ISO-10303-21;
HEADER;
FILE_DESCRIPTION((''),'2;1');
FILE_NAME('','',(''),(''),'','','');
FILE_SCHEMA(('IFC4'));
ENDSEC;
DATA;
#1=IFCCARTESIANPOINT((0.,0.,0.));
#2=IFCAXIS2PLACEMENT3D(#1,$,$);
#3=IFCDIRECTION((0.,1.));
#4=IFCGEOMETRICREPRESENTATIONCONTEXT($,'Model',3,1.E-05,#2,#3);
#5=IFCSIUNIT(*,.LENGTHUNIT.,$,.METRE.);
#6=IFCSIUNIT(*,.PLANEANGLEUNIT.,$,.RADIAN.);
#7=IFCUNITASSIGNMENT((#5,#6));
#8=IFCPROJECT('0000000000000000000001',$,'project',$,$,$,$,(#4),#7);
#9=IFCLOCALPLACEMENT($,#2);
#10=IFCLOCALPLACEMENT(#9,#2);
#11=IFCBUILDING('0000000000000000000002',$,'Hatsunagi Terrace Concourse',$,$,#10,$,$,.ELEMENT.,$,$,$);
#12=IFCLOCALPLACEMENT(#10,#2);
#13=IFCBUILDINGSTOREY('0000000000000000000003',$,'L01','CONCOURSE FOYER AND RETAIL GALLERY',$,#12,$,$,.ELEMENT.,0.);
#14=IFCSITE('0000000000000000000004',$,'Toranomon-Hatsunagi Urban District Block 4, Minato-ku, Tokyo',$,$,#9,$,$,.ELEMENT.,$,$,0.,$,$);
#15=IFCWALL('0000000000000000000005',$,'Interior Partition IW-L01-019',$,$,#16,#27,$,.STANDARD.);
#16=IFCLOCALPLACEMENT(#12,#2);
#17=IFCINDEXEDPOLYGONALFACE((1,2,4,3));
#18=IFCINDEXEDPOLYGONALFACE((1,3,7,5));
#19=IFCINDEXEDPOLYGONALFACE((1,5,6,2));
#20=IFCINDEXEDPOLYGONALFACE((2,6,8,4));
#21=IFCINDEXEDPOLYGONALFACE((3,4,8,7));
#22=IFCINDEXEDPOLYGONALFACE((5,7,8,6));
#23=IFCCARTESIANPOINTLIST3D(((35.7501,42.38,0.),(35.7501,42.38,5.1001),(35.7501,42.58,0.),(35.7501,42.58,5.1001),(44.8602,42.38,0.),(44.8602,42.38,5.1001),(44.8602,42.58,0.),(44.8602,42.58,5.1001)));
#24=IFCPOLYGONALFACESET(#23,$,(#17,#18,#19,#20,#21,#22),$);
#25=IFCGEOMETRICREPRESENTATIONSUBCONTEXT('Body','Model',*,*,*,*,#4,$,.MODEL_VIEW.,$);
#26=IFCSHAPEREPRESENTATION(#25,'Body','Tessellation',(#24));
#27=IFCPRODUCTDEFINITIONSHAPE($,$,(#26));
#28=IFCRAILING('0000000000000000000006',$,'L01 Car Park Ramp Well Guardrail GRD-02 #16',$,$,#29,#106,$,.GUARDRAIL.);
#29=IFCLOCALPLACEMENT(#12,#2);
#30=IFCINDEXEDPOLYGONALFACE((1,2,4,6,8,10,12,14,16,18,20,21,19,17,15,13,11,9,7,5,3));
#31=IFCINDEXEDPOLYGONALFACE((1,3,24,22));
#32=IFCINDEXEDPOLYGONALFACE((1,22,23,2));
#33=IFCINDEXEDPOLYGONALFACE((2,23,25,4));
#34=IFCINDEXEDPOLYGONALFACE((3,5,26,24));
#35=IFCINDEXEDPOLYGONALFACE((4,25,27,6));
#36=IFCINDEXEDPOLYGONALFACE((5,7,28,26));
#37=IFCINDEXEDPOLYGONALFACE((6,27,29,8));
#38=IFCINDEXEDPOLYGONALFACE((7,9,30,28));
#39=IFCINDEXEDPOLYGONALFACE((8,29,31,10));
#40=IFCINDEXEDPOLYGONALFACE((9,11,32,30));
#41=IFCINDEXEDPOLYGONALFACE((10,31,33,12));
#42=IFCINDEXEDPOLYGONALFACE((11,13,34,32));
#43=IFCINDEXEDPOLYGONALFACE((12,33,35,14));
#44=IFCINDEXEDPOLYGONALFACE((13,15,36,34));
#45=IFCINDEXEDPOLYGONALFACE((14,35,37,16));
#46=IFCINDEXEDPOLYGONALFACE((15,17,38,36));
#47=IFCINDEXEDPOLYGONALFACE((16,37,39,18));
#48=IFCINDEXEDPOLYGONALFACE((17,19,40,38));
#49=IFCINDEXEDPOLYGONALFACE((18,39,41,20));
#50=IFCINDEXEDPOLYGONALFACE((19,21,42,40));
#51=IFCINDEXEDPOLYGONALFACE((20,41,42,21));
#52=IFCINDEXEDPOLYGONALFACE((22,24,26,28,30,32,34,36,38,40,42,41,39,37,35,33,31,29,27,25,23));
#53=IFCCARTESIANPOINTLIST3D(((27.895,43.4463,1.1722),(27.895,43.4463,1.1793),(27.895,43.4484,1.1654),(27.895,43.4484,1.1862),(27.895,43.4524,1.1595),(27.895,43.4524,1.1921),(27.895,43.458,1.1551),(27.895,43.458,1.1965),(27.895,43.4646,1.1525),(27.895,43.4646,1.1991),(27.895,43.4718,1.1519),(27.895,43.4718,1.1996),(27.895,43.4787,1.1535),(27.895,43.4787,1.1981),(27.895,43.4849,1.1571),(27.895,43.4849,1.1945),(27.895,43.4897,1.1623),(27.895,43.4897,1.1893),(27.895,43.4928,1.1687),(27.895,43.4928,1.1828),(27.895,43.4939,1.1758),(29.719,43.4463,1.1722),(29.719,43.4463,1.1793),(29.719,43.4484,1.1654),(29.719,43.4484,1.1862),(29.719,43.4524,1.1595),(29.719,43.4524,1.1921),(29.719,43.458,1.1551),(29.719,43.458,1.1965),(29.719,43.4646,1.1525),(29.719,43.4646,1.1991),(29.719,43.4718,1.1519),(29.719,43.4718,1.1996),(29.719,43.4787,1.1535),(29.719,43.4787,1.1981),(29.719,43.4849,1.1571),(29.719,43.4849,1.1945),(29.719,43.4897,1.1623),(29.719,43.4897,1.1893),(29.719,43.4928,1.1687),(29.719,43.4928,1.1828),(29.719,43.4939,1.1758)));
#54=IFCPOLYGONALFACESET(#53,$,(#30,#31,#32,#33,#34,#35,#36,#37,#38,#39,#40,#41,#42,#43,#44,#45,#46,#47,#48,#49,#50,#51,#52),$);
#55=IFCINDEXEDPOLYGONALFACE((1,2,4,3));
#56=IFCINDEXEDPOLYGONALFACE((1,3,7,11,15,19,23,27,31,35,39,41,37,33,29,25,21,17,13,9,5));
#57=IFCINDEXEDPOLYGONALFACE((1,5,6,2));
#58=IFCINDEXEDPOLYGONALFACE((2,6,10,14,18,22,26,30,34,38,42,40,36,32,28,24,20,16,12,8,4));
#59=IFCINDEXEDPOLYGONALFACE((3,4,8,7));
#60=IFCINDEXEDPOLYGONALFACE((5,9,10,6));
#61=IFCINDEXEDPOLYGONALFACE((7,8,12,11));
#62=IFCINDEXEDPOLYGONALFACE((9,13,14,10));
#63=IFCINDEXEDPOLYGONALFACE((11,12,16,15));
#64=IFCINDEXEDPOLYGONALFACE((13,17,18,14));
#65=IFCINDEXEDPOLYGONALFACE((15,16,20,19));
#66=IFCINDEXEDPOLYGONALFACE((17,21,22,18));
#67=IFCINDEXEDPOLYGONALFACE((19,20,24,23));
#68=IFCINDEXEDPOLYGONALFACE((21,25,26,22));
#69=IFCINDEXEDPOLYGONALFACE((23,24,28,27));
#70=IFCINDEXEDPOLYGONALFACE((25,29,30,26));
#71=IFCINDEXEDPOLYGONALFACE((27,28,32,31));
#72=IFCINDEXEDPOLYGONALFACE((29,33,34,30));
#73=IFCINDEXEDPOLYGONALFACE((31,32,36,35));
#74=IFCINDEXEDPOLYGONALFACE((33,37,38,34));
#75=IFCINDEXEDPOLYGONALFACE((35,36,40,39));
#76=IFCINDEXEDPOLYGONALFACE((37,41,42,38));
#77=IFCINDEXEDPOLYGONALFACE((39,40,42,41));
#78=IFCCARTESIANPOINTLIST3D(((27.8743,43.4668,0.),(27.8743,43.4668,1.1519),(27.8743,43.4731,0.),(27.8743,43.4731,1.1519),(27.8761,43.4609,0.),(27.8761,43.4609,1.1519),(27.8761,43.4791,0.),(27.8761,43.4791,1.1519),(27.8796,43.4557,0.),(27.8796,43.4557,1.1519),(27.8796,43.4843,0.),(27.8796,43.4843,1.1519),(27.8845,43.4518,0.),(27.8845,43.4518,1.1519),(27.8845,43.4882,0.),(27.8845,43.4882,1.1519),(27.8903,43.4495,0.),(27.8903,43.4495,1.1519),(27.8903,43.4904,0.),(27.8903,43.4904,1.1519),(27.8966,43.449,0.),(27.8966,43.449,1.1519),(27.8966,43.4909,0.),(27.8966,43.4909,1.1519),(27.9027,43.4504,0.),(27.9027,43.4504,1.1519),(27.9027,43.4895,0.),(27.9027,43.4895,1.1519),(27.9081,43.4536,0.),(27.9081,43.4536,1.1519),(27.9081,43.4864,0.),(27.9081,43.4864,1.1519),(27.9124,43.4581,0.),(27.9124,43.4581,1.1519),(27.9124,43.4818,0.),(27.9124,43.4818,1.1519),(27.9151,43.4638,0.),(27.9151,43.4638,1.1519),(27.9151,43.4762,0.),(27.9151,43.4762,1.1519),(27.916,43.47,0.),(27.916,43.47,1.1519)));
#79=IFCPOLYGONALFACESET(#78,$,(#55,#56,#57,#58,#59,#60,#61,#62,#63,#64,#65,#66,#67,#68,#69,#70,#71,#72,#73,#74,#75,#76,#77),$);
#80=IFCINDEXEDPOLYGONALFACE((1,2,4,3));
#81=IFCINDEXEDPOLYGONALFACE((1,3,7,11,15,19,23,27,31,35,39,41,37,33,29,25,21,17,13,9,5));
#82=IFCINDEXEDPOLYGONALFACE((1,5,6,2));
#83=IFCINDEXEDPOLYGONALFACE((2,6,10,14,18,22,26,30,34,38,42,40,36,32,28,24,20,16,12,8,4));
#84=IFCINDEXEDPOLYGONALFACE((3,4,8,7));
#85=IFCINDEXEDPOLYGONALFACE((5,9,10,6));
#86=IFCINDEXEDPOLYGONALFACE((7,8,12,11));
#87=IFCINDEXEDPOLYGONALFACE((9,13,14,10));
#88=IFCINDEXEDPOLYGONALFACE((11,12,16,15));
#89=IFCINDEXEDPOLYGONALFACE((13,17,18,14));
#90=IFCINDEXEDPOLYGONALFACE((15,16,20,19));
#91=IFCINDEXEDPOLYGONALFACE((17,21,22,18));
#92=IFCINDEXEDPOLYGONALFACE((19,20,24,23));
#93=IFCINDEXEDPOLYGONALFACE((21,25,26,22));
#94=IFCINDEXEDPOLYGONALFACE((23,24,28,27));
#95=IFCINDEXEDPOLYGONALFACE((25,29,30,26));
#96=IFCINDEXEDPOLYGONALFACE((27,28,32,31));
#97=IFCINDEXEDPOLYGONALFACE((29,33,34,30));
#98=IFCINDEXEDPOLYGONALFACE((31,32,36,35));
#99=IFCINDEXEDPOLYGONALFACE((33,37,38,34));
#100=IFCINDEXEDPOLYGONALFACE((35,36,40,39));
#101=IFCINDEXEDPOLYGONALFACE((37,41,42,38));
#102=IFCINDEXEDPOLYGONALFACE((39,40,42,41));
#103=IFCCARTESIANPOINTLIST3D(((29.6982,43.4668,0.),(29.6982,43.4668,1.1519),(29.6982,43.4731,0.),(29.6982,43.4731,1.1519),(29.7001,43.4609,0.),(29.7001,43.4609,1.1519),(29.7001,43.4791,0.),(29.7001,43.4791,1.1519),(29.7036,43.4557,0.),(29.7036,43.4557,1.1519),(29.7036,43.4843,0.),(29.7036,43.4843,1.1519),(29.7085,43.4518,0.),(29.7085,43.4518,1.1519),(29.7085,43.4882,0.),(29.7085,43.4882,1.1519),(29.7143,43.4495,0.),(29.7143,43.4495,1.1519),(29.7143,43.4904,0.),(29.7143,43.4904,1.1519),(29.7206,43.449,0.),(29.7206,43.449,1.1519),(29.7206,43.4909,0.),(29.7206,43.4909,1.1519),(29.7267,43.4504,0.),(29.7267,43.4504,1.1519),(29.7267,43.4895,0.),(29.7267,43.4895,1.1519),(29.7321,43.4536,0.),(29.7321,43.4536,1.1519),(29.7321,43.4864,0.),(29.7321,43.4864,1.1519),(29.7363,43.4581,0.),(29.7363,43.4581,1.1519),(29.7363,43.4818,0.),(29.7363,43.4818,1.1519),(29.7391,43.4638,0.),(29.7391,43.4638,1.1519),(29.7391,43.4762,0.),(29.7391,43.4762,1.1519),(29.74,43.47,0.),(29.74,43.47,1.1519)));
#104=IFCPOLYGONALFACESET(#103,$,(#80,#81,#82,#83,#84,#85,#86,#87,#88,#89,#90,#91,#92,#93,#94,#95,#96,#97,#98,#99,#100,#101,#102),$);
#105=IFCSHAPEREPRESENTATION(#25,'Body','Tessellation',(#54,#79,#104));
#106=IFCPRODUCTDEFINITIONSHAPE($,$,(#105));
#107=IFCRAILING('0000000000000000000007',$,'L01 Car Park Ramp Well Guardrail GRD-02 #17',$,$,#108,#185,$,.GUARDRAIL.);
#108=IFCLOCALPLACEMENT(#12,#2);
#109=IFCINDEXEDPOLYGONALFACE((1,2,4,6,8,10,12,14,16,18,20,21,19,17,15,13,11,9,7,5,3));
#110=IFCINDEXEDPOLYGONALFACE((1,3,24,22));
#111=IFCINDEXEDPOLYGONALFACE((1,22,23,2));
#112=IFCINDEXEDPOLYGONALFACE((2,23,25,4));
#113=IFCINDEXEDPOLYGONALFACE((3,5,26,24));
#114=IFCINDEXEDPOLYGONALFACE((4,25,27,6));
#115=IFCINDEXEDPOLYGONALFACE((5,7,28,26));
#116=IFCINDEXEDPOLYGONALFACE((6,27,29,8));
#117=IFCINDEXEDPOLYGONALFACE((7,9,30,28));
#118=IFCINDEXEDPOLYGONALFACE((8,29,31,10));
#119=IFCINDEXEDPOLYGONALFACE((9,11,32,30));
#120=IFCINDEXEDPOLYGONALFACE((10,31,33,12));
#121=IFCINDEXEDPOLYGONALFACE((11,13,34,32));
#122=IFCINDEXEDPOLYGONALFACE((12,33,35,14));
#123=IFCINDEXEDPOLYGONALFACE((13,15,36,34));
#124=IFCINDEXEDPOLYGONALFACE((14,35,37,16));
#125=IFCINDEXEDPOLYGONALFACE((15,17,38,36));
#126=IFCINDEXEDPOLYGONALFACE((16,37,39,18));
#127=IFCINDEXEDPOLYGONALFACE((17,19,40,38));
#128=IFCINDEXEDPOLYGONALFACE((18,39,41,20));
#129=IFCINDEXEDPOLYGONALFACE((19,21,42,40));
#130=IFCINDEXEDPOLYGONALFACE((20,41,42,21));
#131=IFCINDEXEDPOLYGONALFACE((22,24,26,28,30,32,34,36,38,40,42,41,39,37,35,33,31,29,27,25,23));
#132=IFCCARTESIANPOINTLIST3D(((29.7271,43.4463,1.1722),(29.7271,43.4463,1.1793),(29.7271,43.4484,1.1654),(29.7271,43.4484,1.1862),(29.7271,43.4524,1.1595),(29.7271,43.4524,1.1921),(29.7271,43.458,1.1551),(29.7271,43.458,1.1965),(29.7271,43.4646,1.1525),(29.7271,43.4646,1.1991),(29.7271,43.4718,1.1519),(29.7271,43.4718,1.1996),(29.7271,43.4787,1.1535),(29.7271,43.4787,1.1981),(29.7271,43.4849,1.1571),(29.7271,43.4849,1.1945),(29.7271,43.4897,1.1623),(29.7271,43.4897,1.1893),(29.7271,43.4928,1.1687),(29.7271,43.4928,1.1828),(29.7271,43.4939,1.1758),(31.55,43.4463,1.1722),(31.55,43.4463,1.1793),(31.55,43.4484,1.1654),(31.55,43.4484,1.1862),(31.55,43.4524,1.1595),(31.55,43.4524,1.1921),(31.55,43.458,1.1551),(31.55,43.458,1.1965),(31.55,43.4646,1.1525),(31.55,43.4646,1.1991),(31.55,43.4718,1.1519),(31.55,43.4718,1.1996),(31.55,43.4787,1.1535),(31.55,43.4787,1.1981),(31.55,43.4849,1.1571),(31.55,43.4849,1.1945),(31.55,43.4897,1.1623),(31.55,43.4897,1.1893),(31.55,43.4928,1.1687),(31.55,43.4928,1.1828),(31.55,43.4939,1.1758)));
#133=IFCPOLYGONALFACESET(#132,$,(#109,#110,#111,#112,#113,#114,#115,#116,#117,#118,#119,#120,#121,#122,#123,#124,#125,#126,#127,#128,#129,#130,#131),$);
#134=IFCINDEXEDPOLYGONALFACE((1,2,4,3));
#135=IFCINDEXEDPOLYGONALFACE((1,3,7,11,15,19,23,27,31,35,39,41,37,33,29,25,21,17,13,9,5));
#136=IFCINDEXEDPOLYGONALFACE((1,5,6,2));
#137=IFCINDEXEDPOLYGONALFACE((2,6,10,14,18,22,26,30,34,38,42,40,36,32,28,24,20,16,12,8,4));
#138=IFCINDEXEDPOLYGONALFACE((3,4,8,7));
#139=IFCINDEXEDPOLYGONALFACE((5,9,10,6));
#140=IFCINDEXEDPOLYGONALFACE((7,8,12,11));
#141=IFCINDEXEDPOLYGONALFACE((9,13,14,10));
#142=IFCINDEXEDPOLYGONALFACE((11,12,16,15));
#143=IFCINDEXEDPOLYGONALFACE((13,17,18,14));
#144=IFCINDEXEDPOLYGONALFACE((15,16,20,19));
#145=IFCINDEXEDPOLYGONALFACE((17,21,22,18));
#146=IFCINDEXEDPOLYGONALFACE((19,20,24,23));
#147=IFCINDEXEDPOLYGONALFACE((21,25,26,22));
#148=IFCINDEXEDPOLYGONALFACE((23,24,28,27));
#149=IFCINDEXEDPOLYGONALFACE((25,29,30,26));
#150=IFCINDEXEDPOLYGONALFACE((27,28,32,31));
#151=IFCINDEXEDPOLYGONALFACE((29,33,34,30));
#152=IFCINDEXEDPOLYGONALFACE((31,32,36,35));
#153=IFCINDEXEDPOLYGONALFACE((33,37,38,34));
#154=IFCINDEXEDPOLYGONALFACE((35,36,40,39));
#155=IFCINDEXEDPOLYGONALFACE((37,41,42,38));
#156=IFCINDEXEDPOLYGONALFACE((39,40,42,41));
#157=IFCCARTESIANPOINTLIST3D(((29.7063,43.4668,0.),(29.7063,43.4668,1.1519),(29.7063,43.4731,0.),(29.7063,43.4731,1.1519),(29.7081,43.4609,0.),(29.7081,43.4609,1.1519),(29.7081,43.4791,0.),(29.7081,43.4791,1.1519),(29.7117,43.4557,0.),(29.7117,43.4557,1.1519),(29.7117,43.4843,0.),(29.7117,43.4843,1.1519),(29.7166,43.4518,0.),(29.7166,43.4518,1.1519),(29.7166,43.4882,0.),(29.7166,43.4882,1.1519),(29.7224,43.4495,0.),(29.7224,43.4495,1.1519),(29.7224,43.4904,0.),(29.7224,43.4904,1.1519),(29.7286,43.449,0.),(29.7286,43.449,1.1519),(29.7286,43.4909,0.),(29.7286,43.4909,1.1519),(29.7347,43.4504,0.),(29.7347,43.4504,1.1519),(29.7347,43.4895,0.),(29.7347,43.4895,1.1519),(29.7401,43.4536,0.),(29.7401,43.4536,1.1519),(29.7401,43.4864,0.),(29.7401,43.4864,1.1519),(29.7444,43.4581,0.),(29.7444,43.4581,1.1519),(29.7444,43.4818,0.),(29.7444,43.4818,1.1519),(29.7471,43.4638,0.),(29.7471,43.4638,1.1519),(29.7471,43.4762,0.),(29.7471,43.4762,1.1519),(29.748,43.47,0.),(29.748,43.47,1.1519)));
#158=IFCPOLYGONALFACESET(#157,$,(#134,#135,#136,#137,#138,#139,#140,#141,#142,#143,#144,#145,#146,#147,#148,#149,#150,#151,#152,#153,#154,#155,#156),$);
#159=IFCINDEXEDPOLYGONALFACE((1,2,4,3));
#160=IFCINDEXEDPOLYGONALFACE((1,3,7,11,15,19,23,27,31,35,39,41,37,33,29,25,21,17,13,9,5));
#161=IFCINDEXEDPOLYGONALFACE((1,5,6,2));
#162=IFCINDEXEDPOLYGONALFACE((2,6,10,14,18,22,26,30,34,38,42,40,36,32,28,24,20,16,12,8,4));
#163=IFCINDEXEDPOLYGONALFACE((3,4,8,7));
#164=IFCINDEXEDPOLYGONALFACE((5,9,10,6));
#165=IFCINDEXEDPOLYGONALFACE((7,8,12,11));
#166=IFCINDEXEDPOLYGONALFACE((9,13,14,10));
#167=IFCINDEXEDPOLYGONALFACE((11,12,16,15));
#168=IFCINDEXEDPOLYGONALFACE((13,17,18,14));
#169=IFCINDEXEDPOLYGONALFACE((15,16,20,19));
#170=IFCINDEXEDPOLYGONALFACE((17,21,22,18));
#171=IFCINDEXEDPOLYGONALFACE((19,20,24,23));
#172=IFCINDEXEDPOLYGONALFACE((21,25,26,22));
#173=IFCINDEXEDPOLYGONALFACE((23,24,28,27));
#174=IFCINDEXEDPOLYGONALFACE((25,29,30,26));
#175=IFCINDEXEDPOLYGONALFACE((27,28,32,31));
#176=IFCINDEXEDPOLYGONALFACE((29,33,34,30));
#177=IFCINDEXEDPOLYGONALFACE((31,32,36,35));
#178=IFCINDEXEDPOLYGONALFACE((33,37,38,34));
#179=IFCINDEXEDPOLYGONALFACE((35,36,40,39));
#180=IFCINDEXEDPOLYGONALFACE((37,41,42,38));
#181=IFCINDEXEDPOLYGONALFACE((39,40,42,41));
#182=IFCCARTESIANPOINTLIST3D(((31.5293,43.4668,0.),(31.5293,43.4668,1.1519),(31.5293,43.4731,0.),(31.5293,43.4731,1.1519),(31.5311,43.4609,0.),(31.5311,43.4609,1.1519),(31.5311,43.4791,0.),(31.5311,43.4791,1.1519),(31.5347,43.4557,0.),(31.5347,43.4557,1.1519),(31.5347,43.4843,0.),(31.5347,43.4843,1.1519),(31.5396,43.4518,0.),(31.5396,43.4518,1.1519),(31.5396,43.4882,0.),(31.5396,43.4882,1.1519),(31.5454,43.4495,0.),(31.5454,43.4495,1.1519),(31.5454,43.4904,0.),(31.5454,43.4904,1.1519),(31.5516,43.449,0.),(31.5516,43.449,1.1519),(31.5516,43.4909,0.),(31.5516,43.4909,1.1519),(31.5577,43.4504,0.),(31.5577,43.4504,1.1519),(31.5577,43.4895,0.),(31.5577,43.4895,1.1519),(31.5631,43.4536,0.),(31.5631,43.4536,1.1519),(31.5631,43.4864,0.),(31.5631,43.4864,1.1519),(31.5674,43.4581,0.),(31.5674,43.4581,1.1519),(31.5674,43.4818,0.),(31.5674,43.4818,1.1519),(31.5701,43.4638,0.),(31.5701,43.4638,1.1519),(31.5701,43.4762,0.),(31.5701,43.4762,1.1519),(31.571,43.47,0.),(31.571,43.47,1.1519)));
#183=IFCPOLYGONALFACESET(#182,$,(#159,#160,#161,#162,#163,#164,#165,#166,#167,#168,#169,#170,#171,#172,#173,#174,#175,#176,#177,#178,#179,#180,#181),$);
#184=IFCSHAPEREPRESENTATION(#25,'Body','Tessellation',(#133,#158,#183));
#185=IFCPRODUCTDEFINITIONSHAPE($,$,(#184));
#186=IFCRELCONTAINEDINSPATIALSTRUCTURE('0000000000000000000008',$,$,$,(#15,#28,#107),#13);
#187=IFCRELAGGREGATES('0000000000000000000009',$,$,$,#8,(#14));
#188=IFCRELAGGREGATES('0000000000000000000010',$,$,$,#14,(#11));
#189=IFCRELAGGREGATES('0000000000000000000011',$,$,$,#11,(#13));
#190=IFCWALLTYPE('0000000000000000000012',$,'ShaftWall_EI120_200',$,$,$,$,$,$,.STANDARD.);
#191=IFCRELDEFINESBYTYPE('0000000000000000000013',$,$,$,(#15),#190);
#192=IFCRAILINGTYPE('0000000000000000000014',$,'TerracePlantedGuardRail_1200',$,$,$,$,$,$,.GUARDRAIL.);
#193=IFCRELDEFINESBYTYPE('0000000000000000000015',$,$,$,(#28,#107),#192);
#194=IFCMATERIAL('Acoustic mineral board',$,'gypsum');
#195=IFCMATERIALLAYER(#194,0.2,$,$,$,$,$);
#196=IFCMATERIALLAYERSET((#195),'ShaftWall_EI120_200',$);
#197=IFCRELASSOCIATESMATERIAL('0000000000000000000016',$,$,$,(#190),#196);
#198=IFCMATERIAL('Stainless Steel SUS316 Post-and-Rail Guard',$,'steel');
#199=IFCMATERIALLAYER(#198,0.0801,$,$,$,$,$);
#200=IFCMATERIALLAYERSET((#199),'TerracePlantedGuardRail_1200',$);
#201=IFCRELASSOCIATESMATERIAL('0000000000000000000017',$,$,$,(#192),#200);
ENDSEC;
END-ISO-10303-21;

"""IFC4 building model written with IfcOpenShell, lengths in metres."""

from ifc_helpers import new_model, si_unit, direction, frame, frame_2d, origin, origin_2d, place, context, subcontext, project, spatial, rectangle, circle, extrude, material, layer, layer_set, type_object, element, save


model = new_model("IFC4")

# Units and contexts
model_context = context("Model", 3, precision=1e-05, world=origin(), true_north=direction((0.0, 1.0)))
body_context = subcontext(model_context, "Body", "Model", "MODEL_VIEW")
ifc_project = project(units=[si_unit("LENGTHUNIT", "METRE"), si_unit("PLANEANGLEUNIT", "RADIAN")], contexts=[model_context])

# Site, building, storey
site_placement = place(None, origin())
site = spatial("IfcSite", under=ifc_project, at=site_placement, Name="Toranomon-Hatsunagi Urban District Block 4, Minato-ku, Tokyo", CompositionType="ELEMENT", RefElevation=0.0)
building_placement = place(site_placement, origin())
building = spatial("IfcBuilding", under=site, at=building_placement, Name="Hatsunagi Terrace Concourse", CompositionType="ELEMENT")
storey_placement = place(building_placement, origin())
storey = spatial("IfcBuildingStorey", under=building, at=storey_placement, Name="L01", Description="CONCOURSE FOYER AND RETAIL GALLERY", CompositionType="ELEMENT", Elevation=0.0)

# Wall
ifc_material_1 = material(Name="Acoustic mineral board", Category="gypsum")
ifc_layer_1 = layer(ifc_material_1, 0.2)
ifc_layer_set_1 = layer_set([ifc_layer_1], Name="ShaftWall_EI120_200")
wall_type = type_object("IfcWallType", Name="ShaftWall_EI120_200", PredefinedType="STANDARD", material=ifc_layer_set_1)
wall_placement = place(storey_placement, frame((35.75, 42.48, 0.0), z_axis=(0.0, 0.0, 1.0), x_axis=(1.0, 0.0, 0.0)))
element("IfcWall", 1, at=wall_placement, inside=storey, type_object=wall_type, Name="Interior Partition IW-L01-019", PredefinedType="STANDARD", context=body_context, shape_type="SweptSolid", body=[
    extrude(rectangle(XDim=9.1101, YDim=0.2, at=frame_2d((4.5552, 0.0))), origin(), (0.0, 0.0, 1.0), 5.1001),
])

# Railings
ifc_material_2 = material(Name="Stainless Steel SUS316 Post-and-Rail Guard", Category="steel")
ifc_layer_2 = layer(ifc_material_2, 0.0801)
ifc_layer_set_2 = layer_set([ifc_layer_2], Name="TerracePlantedGuardRail_1200")
railing_type = type_object("IfcRailingType", Name="TerracePlantedGuardRail_1200", PredefinedType="GUARDRAIL", material=ifc_layer_set_2)
railing_1_placement = place(storey_placement, frame((27.895, 43.47, 0.0)))
element("IfcRailing", 2, at=railing_1_placement, inside=storey, type_object=railing_type, Name="L01 Car Park Ramp Well Guardrail GRD-02 #16", PredefinedType="GUARDRAIL", context=body_context, shape_type="SweptSolid", body=[
    extrude(circle(Radius=0.0239, at=origin_2d()), frame((0.0, 0.0, 1.1758), z_axis=(1.0, 0.0, 0.0), x_axis=(0.0, 1.0, 0.0)), (0.0, 0.0, 1.0), 1.824),
    extrude(circle(Radius=0.021, at=origin_2d()), origin(), (0.0, 0.0, 1.0), 1.1519),
    extrude(circle(Radius=0.021, at=origin_2d()), frame((1.824, 0.0, 0.0)), (0.0, 0.0, 1.0), 1.1519),
])
railing_2_placement = place(storey_placement, frame((29.7271, 43.47, 0.0)))
element("IfcRailing", 3, at=railing_2_placement, inside=storey, type_object=railing_type, Name="L01 Car Park Ramp Well Guardrail GRD-02 #17", PredefinedType="GUARDRAIL", context=body_context, shape_type="SweptSolid", body=[
    extrude(circle(Radius=0.0239, at=origin_2d()), frame((0.0, 0.0, 1.1758), z_axis=(1.0, 0.0, 0.0), x_axis=(0.0, 1.0, 0.0)), (0.0, 0.0, 1.0), 1.823),
    extrude(circle(Radius=0.021, at=origin_2d()), origin(), (0.0, 0.0, 1.0), 1.1519),
    extrude(circle(Radius=0.021, at=origin_2d()), frame((1.823, 0.0, 0.0)), (0.0, 0.0, 1.0), 1.1519),
])

save(model, "model.ifc")
